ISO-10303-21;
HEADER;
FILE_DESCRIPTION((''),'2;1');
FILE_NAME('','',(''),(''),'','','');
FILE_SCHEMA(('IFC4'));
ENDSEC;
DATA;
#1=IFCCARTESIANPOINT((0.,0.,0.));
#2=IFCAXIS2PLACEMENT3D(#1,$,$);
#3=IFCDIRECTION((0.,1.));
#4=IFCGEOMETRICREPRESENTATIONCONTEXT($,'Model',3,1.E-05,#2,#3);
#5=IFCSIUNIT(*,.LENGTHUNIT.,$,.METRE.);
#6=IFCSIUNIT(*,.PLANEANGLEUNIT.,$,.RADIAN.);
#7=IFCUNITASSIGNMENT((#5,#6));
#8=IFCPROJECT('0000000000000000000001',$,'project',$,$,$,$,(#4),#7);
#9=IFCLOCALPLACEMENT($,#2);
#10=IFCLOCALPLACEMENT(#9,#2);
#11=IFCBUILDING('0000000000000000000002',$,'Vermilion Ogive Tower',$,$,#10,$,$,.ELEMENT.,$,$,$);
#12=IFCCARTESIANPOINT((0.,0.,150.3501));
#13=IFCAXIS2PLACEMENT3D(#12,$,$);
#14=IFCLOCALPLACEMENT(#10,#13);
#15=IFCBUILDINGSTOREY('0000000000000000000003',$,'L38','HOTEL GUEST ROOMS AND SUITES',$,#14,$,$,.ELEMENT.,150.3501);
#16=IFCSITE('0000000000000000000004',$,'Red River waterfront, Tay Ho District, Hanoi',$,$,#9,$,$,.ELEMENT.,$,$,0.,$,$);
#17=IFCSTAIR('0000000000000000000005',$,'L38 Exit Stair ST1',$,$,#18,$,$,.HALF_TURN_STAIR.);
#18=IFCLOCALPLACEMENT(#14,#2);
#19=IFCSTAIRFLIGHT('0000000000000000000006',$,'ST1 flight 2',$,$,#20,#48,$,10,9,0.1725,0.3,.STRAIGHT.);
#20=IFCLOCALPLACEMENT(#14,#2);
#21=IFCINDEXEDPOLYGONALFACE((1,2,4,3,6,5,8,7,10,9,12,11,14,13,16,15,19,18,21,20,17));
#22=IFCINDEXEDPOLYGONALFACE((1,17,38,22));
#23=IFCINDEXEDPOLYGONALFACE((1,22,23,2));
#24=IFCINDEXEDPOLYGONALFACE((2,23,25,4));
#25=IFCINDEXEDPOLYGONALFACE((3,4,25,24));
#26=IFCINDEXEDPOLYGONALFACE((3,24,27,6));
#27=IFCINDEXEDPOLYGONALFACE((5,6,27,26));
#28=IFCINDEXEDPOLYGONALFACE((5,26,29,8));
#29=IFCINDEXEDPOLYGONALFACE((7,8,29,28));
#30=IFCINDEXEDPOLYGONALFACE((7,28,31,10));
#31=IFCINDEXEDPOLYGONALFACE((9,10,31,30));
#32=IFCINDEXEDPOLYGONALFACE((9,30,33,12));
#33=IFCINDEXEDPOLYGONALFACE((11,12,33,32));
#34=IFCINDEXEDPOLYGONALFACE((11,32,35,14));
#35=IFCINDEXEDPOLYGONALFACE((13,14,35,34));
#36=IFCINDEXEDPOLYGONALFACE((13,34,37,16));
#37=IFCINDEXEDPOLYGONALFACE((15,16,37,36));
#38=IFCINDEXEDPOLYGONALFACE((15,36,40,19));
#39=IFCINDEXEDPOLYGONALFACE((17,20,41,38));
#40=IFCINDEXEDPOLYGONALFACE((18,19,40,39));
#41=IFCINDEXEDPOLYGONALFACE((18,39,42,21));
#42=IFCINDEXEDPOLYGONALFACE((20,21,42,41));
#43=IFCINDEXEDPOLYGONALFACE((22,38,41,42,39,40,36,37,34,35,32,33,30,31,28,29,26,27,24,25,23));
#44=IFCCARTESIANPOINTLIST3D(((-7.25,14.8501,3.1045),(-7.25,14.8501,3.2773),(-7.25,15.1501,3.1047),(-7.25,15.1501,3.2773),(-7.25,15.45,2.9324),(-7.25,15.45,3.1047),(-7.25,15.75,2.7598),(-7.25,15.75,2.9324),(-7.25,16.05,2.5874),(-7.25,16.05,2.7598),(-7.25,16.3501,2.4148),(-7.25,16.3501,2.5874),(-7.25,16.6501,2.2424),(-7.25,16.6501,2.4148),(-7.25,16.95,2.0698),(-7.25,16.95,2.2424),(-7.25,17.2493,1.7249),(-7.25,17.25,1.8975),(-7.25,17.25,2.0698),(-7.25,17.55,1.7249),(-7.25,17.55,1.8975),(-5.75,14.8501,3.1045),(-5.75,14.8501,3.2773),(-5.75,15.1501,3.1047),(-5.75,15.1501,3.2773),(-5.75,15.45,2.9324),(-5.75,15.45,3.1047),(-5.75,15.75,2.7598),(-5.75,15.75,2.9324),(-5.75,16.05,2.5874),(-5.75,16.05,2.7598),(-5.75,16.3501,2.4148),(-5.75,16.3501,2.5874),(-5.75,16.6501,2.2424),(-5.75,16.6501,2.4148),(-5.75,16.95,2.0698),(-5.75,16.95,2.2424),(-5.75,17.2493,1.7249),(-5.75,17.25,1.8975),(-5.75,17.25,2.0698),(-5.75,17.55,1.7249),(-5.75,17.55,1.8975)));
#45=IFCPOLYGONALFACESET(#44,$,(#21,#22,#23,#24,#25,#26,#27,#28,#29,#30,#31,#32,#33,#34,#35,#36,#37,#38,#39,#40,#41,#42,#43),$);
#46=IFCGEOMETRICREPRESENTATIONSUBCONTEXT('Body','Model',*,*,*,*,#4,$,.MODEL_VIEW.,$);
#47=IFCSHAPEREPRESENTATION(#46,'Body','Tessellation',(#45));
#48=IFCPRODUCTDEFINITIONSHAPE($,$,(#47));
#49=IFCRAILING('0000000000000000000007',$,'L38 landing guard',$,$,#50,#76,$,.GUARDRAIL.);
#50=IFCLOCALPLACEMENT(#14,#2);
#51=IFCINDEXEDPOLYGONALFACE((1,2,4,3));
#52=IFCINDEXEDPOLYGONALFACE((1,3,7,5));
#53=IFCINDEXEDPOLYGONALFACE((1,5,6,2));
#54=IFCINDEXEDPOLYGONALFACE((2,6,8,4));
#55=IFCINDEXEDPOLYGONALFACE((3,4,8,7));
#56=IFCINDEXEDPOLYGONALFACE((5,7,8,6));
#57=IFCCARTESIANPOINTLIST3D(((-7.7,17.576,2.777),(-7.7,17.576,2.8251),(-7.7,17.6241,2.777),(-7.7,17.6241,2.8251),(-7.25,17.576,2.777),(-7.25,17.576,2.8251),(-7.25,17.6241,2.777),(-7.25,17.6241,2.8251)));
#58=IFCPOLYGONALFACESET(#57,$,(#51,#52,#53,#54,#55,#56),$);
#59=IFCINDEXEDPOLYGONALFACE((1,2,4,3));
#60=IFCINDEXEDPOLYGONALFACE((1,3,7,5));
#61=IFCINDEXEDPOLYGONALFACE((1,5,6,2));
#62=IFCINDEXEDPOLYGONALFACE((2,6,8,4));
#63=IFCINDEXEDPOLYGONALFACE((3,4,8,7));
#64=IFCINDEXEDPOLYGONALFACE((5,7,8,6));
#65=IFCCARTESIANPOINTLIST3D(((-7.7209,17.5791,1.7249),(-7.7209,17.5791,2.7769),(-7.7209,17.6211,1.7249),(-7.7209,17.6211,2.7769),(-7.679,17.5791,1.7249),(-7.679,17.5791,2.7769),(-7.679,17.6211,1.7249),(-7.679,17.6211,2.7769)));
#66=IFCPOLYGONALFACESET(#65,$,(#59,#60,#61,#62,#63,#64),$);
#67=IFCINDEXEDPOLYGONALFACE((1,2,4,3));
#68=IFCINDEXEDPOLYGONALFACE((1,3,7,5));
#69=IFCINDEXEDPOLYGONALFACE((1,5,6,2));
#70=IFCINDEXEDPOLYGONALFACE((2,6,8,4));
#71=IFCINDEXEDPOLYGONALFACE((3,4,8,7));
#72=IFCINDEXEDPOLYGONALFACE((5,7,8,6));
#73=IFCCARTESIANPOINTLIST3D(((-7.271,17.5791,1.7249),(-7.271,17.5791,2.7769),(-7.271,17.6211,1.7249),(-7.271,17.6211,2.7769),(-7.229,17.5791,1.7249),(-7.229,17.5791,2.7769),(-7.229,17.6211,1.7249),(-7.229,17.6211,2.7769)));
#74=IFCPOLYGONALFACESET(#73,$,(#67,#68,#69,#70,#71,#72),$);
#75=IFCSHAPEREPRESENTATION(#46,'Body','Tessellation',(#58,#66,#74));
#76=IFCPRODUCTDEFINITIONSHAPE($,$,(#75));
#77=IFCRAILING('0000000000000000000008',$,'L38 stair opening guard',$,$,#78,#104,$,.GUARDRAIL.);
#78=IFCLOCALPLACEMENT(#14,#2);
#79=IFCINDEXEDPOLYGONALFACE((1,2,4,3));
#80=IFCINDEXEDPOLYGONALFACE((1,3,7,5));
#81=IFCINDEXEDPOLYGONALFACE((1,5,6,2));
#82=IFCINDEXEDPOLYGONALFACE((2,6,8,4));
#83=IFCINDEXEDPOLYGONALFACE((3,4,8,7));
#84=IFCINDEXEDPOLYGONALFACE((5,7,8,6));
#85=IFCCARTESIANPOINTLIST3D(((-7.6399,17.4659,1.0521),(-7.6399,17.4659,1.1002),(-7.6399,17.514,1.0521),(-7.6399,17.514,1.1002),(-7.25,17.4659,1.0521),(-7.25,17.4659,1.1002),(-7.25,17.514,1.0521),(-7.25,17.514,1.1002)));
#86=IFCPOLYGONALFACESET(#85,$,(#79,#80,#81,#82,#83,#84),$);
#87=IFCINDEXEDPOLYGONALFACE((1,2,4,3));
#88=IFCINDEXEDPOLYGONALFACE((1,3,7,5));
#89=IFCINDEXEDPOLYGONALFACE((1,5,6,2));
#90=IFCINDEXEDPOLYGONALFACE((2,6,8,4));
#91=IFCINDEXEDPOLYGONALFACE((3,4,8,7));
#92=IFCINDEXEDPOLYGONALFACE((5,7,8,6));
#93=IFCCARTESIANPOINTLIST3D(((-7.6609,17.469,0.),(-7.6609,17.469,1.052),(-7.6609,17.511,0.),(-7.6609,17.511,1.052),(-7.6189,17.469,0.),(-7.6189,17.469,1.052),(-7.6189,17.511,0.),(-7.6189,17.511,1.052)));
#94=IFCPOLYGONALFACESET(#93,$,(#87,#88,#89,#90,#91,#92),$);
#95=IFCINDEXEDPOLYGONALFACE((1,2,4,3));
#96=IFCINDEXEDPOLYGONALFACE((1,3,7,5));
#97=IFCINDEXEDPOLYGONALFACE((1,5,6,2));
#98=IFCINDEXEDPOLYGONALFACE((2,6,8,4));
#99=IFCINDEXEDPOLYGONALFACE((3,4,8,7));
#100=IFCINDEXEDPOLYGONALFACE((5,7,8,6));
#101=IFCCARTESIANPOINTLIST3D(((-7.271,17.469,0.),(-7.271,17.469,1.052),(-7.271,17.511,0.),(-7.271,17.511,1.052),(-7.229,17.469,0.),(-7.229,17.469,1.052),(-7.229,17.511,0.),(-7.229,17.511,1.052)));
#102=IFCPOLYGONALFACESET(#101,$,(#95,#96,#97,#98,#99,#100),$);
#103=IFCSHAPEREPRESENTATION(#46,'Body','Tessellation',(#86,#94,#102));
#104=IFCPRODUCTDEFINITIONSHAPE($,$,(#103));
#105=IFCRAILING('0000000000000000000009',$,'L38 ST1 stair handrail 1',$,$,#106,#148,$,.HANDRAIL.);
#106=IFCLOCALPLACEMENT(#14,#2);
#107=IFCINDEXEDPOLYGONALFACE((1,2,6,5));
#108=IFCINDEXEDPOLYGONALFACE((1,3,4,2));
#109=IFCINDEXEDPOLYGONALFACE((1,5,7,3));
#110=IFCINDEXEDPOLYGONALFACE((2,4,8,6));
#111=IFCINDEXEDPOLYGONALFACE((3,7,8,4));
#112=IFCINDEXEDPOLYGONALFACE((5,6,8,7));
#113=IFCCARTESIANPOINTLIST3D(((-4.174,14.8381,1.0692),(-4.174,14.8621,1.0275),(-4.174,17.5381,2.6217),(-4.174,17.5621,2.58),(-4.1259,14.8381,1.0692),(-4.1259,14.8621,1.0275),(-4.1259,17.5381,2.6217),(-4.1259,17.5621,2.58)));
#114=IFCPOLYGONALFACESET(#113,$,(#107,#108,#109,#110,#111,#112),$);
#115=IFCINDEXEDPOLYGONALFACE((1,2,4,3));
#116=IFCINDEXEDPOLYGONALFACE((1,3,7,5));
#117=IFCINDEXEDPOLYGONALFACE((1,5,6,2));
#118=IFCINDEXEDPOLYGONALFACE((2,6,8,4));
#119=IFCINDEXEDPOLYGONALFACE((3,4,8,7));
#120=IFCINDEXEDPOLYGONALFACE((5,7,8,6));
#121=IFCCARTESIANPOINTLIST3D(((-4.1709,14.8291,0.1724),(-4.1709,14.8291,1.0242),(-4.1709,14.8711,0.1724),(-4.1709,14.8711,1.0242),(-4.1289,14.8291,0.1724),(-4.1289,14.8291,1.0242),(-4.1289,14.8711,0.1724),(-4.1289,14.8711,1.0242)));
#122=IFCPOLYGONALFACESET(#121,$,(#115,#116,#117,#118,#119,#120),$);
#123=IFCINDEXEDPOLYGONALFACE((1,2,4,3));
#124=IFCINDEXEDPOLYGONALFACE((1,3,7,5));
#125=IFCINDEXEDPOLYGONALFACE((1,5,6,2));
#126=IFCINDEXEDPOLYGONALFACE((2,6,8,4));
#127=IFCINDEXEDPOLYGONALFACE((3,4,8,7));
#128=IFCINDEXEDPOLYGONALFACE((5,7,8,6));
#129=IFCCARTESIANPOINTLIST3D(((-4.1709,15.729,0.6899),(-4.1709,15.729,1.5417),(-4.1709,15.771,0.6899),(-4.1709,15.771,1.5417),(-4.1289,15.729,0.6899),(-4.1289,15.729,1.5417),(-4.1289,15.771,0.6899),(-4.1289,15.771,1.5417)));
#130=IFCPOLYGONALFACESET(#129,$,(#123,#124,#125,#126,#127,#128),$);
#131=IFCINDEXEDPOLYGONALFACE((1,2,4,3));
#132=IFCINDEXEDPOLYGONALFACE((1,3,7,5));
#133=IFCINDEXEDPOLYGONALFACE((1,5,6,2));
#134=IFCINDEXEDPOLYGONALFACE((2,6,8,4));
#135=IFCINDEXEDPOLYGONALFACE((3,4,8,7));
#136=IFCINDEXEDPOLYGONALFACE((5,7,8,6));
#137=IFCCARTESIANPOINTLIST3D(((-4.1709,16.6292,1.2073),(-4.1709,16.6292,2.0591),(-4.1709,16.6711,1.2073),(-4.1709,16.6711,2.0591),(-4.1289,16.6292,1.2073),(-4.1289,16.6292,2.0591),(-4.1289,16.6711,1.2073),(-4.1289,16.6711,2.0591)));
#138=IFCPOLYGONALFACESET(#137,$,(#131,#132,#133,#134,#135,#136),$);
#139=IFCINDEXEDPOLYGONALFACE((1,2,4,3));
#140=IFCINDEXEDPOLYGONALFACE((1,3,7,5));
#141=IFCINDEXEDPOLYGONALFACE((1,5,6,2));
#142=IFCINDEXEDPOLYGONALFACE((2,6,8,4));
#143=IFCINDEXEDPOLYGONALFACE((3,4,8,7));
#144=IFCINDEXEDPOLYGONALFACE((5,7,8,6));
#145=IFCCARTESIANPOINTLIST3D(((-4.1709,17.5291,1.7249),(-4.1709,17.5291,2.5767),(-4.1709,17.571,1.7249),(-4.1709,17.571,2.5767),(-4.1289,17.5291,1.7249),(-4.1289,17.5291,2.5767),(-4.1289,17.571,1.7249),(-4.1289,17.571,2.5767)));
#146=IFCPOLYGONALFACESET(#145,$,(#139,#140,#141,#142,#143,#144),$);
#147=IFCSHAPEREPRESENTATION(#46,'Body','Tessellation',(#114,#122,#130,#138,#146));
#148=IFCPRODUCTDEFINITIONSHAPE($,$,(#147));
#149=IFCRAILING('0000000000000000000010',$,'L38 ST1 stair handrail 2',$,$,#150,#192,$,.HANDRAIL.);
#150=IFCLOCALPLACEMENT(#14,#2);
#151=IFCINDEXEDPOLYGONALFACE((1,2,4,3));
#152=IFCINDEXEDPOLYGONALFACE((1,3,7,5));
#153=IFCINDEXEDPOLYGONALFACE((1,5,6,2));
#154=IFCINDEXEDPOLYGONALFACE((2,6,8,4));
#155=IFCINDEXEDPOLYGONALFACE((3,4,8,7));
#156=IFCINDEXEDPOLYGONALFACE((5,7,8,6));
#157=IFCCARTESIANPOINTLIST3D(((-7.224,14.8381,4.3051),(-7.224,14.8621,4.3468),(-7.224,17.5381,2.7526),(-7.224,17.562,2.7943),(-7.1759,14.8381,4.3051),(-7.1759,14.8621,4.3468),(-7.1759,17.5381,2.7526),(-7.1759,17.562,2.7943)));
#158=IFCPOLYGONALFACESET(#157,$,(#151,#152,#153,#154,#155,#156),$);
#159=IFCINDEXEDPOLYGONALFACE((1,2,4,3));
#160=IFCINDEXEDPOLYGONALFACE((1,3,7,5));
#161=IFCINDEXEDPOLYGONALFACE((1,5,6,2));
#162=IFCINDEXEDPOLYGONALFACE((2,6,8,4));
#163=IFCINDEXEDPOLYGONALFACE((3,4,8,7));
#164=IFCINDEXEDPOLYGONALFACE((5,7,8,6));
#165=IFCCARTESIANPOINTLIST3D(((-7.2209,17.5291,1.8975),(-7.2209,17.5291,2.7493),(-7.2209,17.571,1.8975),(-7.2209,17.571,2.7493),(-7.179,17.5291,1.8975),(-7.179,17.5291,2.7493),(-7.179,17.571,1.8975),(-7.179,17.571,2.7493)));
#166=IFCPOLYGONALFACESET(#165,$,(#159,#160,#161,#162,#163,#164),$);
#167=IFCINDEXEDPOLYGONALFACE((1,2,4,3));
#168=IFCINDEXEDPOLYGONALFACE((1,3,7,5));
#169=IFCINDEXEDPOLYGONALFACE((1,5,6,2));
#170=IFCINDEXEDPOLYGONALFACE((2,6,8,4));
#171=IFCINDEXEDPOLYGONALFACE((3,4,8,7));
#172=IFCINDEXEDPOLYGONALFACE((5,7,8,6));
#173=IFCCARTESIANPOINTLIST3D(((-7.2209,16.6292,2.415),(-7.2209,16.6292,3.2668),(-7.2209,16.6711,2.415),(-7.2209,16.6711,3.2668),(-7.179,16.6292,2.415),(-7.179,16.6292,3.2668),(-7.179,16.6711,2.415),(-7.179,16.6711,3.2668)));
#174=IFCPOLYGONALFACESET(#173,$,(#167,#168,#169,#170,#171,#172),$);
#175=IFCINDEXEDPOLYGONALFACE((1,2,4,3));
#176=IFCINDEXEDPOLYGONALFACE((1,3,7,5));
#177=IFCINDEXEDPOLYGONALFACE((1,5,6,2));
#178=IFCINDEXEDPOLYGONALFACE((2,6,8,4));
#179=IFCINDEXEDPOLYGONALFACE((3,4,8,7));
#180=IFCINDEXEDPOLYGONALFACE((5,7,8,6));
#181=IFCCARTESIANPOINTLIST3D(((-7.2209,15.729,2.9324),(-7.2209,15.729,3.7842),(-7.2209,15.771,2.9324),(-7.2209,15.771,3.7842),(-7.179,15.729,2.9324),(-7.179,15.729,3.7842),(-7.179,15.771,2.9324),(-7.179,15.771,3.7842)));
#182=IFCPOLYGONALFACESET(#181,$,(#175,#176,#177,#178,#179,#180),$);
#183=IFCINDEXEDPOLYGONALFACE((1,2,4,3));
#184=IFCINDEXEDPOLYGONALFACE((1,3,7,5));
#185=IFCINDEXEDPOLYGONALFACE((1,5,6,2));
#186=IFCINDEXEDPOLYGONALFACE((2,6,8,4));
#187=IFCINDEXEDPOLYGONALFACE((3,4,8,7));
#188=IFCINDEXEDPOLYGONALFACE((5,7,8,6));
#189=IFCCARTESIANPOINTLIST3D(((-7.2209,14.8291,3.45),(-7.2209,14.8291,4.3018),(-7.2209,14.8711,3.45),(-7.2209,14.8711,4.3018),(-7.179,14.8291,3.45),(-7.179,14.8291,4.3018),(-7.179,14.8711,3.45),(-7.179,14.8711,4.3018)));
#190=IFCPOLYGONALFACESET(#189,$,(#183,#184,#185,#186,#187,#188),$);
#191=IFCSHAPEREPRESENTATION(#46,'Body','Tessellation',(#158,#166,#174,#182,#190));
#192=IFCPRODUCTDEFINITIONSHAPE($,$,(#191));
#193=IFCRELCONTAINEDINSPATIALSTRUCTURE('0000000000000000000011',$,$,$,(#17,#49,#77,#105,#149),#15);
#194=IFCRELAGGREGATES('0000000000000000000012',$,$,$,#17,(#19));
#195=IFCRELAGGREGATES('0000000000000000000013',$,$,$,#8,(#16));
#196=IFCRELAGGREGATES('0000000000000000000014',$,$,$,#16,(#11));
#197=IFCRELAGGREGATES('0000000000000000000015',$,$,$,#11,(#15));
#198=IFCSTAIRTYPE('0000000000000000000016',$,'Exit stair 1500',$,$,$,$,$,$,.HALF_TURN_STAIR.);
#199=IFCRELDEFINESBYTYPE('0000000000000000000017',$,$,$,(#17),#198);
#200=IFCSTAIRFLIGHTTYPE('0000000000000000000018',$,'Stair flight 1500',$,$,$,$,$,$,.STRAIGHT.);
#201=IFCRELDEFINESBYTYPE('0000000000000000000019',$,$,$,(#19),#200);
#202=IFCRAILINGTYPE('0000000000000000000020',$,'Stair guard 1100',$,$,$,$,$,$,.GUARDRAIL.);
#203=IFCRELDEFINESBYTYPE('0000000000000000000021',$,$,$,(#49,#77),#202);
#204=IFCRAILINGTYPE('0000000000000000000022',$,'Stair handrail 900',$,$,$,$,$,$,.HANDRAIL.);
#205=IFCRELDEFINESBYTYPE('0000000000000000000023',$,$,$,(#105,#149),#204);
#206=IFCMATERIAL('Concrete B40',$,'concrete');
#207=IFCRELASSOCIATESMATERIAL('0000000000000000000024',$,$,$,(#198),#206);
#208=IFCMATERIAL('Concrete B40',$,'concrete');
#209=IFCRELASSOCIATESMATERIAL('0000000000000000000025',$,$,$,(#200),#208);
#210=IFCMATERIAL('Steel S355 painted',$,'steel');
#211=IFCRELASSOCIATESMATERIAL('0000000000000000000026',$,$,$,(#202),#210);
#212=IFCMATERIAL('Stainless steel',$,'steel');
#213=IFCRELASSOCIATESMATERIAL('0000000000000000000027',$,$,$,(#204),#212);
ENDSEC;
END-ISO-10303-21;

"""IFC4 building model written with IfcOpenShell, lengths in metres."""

from ifc_helpers import new_model, si_unit, direction, frame, origin, origin_2d, place, context, subcontext, project, spatial, polyline, rectangle, outline, extrude, material, type_object, element, aggregate, save


model = new_model("IFC4")

# Units and contexts
model_context = context("Model", 3, precision=1e-05, world=origin(), true_north=direction((0.0, 1.0)))
body_context = subcontext(model_context, "Body", "Model", "MODEL_VIEW")
ifc_project = project(units=[si_unit("LENGTHUNIT", "METRE"), si_unit("PLANEANGLEUNIT", "RADIAN")], contexts=[model_context])

# Site, building, storey
site_placement = place(None, origin())
site = spatial("IfcSite", under=ifc_project, at=site_placement, Name="Red River waterfront, Tay Ho District, Hanoi", CompositionType="ELEMENT", RefElevation=0.0)
building_placement = place(site_placement, origin())
building = spatial("IfcBuilding", under=site, at=building_placement, Name="Vermilion Ogive Tower", CompositionType="ELEMENT")
storey_placement = place(building_placement, frame((0.0, 0.0, 150.3501)))
storey = spatial("IfcBuildingStorey", under=building, at=storey_placement, Name="L38", Description="HOTEL GUEST ROOMS AND SUITES", CompositionType="ELEMENT", Elevation=150.3501)

# Stair, stair flight
ifc_material_1 = material(Name="Concrete B40", Category="concrete")
stair_type = type_object("IfcStairType", Name="Exit stair 1500", PredefinedType="HALF_TURN_STAIR", material=ifc_material_1)
stair_placement = place(storey_placement, origin())
stair = element("IfcStair", 1, at=stair_placement, inside=storey, type_object=stair_type, Name="L38 Exit Stair ST1", PredefinedType="HALF_TURN_STAIR")
ifc_material_2 = material(Name="Concrete B40", Category="concrete")
stair_flight_type = type_object("IfcStairFlightType", Name="Stair flight 1500", PredefinedType="STRAIGHT", material=ifc_material_2)
stair_flight_placement = place(storey_placement, frame((-6.5, 17.55, 1.7249), z_axis=(0.0, 0.0, 1.0), x_axis=(0.0, -1.0, 0.0)))
stair_flight = element("IfcStairFlight", 2, at=stair_flight_placement, type_object=stair_flight_type, Name="ST1 flight 2", NumberOfRisers=10, NumberOfTreads=9, PredefinedType="STRAIGHT", RiserHeight=0.1725, TreadLength=0.3, context=body_context, shape_type="SweptSolid", body=[
    extrude(outline(polyline([(0.0, 0.0), (0.0, 0.1726), (0.3, 0.1726), (0.3, 0.345), (0.6001, 0.345), (0.6001, 0.5176), (0.8999, 0.5176), (0.8999, 0.6899), (1.2, 0.6899), (1.2, 0.8625), (1.5, 0.8625), (1.5, 1.0349), (1.8, 1.0349), (1.8, 1.2075), (2.1001, 1.2075), (2.1001, 1.3799), (2.3999, 1.3799), (2.3999, 1.5525), (2.7, 1.5525), (2.7, 1.7251), (2.7, 1.3796), (0.3008, 0.0), (0.0, 0.0)])), frame((0.0, 0.75, 0.0), z_axis=(0.0, -1.0, 0.0), x_axis=(1.0, 0.0, 0.0)), (0.0, 0.0, 1.0), 1.5),
])
aggregate(stair, [stair_flight])

# Railings
ifc_material_3 = material(Name="Steel S355 painted", Category="steel")
railing_type_1 = type_object("IfcRailingType", Name="Stair guard 1100", PredefinedType="GUARDRAIL", material=ifc_material_3)
railing_1_placement = place(storey_placement, frame((-7.7, 17.6001, 1.7249)))
element("IfcRailing", 3, at=railing_1_placement, inside=storey, type_object=railing_type_1, Name="L38 landing guard", PredefinedType="GUARDRAIL", context=body_context, shape_type="SweptSolid", body=[
    extrude(rectangle(XDim=0.0481, YDim=0.0481, at=origin_2d()), frame((0.0, 0.0, 1.0762), z_axis=(1.0, 0.0, 0.0), x_axis=(0.0, 1.0, 0.0)), (0.0, 0.0, 1.0), 0.45),
    extrude(rectangle(XDim=0.042, YDim=0.042, at=origin_2d()), origin(), (0.0, 0.0, 1.0), 1.052),
    extrude(rectangle(XDim=0.042, YDim=0.042, at=origin_2d()), frame((0.45, 0.0, 0.0)), (0.0, 0.0, 1.0), 1.052),
])
railing_2_placement = place(storey_placement, frame((-7.6399, 17.49, 0.0)))
element("IfcRailing", 4, at=railing_2_placement, inside=storey, type_object=railing_type_1, Name="L38 stair opening guard", PredefinedType="GUARDRAIL", context=body_context, shape_type="SweptSolid", body=[
    extrude(rectangle(XDim=0.0481, YDim=0.0481, at=origin_2d()), frame((0.0, 0.0, 1.0762), z_axis=(1.0, 0.0, 0.0), x_axis=(0.0, 1.0, 0.0)), (0.0, 0.0, 1.0), 0.3899),
    extrude(rectangle(XDim=0.042, YDim=0.042, at=origin_2d()), origin(), (0.0, 0.0, 1.0), 1.052),
    extrude(rectangle(XDim=0.042, YDim=0.042, at=origin_2d()), frame((0.3899, 0.0, 0.0)), (0.0, 0.0, 1.0), 1.052),
])
ifc_material_4 = material(Name="Stainless steel", Category="steel")
railing_type_2 = type_object("IfcRailingType", Name="Stair handrail 900", PredefinedType="HANDRAIL", material=ifc_material_4)
railing_3_placement = place(storey_placement, frame((-4.1499, 14.8501, 0.1724)))
element("IfcRailing", 5, at=railing_3_placement, inside=storey, type_object=railing_type_2, Name="L38 ST1 stair handrail 1", PredefinedType="HANDRAIL", context=body_context, shape_type="SweptSolid", body=[
    extrude(rectangle(XDim=0.0481, YDim=0.0481, at=origin_2d()), frame((0.0, 0.0, 0.876), z_axis=(0.0, 0.866904, 0.498476), x_axis=(-1.0, 0.0, 0.0)), (0.0, 0.0, 1.0), 3.1145),
    extrude(rectangle(XDim=0.042, YDim=0.042, at=origin_2d()), origin(), (0.0, 0.0, 1.0), 0.8518),
    extrude(rectangle(XDim=0.042, YDim=0.042, at=origin_2d()), frame((0.0, 0.8999, 0.5176)), (0.0, 0.0, 1.0), 0.8518),
    extrude(rectangle(XDim=0.042, YDim=0.042, at=origin_2d()), frame((0.0, 1.8, 1.0349)), (0.0, 0.0, 1.0), 0.8518),
    extrude(rectangle(XDim=0.042, YDim=0.042, at=origin_2d()), frame((0.0, 2.7, 1.5525)), (0.0, 0.0, 1.0), 0.8518),
])
railing_4_placement = place(storey_placement, frame((-7.2, 17.55, 1.8975)))
element("IfcRailing", 6, at=railing_4_placement, inside=storey, type_object=railing_type_2, Name="L38 ST1 stair handrail 2", PredefinedType="HANDRAIL", context=body_context, shape_type="SweptSolid", body=[
    extrude(rectangle(XDim=0.0481, YDim=0.0481, at=origin_2d()), frame((0.0, 0.0, 0.876), z_axis=(0.0, -0.866904, 0.498476), x_axis=(1.0, 0.0, 0.0)), (0.0, 0.0, 1.0), 3.1145),
    extrude(rectangle(XDim=0.042, YDim=0.042, at=origin_2d()), origin(), (0.0, 0.0, 1.0), 0.8518),
    extrude(rectangle(XDim=0.042, YDim=0.042, at=origin_2d()), frame((0.0, -0.8999, 0.5176)), (0.0, 0.0, 1.0), 0.8518),
    extrude(rectangle(XDim=0.042, YDim=0.042, at=origin_2d()), frame((0.0, -1.8, 1.0349)), (0.0, 0.0, 1.0), 0.8518),
    extrude(rectangle(XDim=0.042, YDim=0.042, at=origin_2d()), frame((0.0, -2.7, 1.5525)), (0.0, 0.0, 1.0), 0.8518),
])

save(model, "model.ifc")
